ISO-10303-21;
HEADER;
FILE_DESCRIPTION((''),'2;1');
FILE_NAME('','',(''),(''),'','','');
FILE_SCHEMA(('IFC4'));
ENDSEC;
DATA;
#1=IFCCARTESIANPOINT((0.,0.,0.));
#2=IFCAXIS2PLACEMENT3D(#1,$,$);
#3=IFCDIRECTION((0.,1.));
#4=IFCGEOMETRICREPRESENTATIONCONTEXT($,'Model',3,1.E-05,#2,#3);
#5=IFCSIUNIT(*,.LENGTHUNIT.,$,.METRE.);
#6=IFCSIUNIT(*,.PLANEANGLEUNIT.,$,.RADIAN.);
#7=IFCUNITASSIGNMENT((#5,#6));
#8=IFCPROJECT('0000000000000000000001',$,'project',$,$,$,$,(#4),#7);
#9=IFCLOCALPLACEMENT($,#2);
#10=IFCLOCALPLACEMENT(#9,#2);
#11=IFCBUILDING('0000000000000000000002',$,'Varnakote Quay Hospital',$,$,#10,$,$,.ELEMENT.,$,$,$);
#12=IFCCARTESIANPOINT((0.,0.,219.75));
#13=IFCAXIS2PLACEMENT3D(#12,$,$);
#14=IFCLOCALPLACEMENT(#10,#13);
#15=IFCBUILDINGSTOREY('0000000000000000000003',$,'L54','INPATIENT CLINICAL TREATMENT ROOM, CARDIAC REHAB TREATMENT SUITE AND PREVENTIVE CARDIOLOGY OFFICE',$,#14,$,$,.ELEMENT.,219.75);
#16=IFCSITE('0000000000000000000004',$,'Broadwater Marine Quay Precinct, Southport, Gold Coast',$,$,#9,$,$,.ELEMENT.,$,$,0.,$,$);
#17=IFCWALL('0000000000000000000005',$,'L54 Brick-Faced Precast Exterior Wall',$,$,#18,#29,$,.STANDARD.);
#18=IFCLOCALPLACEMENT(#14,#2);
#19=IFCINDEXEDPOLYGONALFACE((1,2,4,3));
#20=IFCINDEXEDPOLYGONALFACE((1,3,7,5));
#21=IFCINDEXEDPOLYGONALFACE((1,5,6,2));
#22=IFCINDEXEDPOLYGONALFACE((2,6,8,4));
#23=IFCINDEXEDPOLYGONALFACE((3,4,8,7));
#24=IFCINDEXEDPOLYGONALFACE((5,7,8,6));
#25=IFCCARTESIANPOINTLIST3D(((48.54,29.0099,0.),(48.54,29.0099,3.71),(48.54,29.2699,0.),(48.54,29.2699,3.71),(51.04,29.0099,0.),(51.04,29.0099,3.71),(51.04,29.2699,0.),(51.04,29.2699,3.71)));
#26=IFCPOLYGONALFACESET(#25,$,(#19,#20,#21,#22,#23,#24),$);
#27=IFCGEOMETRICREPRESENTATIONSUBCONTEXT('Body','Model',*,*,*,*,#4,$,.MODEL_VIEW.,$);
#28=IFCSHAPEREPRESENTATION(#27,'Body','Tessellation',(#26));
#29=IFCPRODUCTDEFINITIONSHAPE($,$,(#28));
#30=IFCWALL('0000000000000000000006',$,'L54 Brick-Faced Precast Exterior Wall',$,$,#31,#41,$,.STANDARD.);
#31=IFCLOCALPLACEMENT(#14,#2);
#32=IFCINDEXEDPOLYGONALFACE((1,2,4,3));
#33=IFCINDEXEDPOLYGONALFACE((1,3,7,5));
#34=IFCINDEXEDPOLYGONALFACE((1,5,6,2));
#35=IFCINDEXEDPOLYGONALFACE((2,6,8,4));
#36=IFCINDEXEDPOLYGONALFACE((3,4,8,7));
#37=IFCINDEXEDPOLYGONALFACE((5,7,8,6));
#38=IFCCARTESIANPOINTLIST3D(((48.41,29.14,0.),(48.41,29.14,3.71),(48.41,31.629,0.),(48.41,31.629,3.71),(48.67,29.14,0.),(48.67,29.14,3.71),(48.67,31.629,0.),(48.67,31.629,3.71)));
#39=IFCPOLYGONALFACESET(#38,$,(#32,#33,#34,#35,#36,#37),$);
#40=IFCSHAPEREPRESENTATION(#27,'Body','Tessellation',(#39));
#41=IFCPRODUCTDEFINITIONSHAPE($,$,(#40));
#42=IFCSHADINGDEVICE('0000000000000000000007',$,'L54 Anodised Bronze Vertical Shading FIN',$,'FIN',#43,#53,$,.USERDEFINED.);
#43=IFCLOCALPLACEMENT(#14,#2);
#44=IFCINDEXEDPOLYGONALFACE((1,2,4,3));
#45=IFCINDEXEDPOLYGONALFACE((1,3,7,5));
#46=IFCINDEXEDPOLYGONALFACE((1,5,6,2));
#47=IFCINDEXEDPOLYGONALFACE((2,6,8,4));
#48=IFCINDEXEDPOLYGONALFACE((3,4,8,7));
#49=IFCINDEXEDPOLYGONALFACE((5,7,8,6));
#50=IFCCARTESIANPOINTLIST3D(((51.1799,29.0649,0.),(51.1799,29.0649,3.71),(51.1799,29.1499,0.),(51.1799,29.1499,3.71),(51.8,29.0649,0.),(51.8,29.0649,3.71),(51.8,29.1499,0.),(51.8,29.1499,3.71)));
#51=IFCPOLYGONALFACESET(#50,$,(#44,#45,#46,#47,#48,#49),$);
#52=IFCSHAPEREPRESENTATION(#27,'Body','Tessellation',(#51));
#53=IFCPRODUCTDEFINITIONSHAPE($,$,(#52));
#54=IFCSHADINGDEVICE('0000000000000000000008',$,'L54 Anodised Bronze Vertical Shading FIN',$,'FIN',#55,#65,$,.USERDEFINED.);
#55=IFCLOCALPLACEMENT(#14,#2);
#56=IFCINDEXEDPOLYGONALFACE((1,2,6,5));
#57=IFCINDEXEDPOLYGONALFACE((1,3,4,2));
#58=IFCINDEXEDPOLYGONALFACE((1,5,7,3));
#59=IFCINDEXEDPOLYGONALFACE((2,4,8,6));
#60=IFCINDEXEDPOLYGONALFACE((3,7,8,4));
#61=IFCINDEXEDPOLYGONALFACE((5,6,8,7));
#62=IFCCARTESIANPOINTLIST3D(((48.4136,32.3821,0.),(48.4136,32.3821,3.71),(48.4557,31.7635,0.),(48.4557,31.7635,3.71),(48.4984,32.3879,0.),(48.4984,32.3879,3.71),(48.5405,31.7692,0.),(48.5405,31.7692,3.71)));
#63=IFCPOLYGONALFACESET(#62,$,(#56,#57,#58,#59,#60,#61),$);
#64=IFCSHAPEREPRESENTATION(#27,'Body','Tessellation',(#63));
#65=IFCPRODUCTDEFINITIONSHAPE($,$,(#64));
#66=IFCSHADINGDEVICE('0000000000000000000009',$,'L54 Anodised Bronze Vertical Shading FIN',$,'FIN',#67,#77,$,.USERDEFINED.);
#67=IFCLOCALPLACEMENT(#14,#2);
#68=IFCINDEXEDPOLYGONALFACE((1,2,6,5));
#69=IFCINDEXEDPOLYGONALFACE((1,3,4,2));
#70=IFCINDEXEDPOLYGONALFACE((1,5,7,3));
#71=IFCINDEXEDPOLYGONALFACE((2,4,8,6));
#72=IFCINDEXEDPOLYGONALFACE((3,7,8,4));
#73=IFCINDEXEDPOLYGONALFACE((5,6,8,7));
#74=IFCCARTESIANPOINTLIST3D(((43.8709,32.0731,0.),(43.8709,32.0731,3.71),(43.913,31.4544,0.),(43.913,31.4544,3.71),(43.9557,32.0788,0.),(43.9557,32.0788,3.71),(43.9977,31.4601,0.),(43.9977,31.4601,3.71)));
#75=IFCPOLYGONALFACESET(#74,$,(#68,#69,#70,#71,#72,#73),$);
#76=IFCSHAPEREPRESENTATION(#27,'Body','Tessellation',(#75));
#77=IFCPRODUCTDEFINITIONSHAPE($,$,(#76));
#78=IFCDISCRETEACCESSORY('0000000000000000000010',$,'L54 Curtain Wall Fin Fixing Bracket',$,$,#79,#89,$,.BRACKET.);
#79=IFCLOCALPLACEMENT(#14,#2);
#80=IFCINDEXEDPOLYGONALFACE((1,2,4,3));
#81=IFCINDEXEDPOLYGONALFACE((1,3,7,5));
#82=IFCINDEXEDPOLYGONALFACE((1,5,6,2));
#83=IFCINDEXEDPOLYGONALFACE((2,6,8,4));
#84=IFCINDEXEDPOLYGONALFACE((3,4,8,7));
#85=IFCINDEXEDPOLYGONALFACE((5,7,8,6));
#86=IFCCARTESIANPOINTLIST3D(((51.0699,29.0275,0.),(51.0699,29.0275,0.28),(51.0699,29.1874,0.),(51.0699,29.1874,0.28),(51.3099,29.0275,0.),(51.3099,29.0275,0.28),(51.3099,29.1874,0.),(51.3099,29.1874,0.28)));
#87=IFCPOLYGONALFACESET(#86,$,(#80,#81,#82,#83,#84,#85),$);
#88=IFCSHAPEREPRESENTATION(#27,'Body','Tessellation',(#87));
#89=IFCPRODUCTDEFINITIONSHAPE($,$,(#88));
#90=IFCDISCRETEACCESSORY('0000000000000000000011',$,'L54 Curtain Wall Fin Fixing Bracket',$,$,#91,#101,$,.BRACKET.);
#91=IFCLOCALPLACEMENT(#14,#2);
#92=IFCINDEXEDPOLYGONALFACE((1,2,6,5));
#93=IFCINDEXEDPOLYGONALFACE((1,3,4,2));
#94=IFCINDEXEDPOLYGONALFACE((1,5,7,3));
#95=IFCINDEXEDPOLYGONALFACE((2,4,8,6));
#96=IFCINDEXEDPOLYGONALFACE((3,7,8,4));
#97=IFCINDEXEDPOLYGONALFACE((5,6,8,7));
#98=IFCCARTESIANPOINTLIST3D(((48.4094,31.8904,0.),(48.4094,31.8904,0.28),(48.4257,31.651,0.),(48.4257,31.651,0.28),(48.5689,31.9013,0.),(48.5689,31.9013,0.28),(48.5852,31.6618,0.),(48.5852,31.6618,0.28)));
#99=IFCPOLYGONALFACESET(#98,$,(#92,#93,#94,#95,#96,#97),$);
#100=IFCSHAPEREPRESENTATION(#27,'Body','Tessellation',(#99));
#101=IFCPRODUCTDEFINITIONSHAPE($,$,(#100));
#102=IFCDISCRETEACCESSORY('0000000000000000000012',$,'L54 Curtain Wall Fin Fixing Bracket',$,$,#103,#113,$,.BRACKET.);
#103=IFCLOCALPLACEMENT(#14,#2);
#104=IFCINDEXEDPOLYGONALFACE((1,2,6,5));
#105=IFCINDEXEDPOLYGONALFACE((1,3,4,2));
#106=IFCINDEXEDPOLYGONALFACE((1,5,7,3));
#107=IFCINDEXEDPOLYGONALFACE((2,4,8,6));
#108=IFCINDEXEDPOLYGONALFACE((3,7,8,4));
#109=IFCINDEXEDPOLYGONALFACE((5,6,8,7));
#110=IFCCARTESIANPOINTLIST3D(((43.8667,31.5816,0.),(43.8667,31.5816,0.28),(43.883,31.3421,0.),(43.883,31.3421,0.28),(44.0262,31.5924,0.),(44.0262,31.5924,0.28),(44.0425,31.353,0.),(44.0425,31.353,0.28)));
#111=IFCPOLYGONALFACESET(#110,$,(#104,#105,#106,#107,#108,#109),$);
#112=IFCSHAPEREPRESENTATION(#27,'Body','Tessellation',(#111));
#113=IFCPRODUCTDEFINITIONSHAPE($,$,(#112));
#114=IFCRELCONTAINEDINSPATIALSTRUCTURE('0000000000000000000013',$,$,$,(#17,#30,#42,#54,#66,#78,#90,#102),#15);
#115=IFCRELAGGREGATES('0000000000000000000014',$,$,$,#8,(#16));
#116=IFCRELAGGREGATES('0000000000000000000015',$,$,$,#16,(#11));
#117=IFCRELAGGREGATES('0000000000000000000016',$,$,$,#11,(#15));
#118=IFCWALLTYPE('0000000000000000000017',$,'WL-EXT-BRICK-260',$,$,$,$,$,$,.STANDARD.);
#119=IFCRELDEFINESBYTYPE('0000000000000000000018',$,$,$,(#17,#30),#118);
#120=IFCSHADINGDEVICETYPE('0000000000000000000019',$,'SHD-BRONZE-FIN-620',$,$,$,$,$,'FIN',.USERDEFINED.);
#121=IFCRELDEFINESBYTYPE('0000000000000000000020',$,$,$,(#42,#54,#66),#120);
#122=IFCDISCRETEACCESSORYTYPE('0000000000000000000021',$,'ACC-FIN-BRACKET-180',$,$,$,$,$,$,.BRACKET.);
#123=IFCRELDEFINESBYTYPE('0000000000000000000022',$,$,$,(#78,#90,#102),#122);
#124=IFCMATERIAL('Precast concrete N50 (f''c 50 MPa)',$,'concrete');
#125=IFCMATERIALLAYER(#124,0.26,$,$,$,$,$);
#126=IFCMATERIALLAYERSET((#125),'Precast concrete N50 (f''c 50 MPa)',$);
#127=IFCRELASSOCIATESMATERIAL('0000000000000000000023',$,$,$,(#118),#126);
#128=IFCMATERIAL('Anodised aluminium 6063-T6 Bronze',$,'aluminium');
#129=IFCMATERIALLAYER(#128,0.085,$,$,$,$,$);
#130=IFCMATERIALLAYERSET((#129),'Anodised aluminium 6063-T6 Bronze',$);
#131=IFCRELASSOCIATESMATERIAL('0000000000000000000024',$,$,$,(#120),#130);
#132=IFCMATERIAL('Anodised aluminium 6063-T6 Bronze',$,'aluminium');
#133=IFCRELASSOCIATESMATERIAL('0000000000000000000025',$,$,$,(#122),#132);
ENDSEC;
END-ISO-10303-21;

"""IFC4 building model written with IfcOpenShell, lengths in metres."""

from ifc_helpers import new_model, si_unit, direction, frame, frame_2d, origin, origin_2d, place, context, subcontext, project, spatial, rectangle, extrude, material, layer, layer_set, type_object, element, save


model = new_model("IFC4")

# Units and contexts
model_context = context("Model", 3, precision=1e-05, world=origin(), true_north=direction((0.0, 1.0)))
body_context = subcontext(model_context, "Body", "Model", "MODEL_VIEW")
ifc_project = project(units=[si_unit("LENGTHUNIT", "METRE"), si_unit("PLANEANGLEUNIT", "RADIAN")], contexts=[model_context])

# Site, building, storey
site_placement = place(None, origin())
site = spatial("IfcSite", under=ifc_project, at=site_placement, Name="Broadwater Marine Quay Precinct, Southport, Gold Coast", CompositionType="ELEMENT", RefElevation=0.0)
building_placement = place(site_placement, origin())
building = spatial("IfcBuilding", under=site, at=building_placement, Name="Varnakote Quay Hospital", CompositionType="ELEMENT")
storey_placement = place(building_placement, frame((0.0, 0.0, 219.75)))
storey = spatial("IfcBuildingStorey", under=building, at=storey_placement, Name="L54", Description="INPATIENT CLINICAL TREATMENT ROOM, CARDIAC REHAB TREATMENT SUITE AND PREVENTIVE CARDIOLOGY OFFICE", CompositionType="ELEMENT", Elevation=219.75)

# Walls
ifc_material_1 = material(Name="Precast concrete N50 (f'c 50 MPa)", Category="concrete")
ifc_layer_1 = layer(ifc_material_1, 0.26)
ifc_layer_set_1 = layer_set([ifc_layer_1], Name="Precast concrete N50 (f'c 50 MPa)")
wall_type = type_object("IfcWallType", Name="WL-EXT-BRICK-260", PredefinedType="STANDARD", material=ifc_layer_set_1)
wall_1_placement = place(storey_placement, frame((51.04, 29.1399, 0.0), z_axis=(0.0, 0.0, 1.0), x_axis=(-1.0, 0.0, 0.0)))
element("IfcWall", 1, at=wall_1_placement, inside=storey, type_object=wall_type, Name="L54 Brick-Faced Precast Exterior Wall", PredefinedType="STANDARD", context=body_context, shape_type="SweptSolid", body=[
    extrude(rectangle(XDim=2.5, YDim=0.26, at=frame_2d((1.25, 0.0))), origin(), (0.0, 0.0, 1.0), 3.71),
])
wall_2_placement = place(storey_placement, frame((48.54, 29.1399, 0.0), z_axis=(0.0, 0.0, 1.0), x_axis=(0.0, 1.0, 0.0)))
element("IfcWall", 2, at=wall_2_placement, inside=storey, type_object=wall_type, Name="L54 Brick-Faced Precast Exterior Wall", PredefinedType="STANDARD", context=body_context, shape_type="SweptSolid", body=[
    extrude(rectangle(XDim=2.489, YDim=0.26, at=frame_2d((1.2446, 0.0))), origin(), (0.0, 0.0, 1.0), 3.71),
])

# Shading devices
ifc_material_2 = material(Name="Anodised aluminium 6063-T6 Bronze", Category="aluminium")
ifc_layer_2 = layer(ifc_material_2, 0.085)
ifc_layer_set_2 = layer_set([ifc_layer_2], Name="Anodised aluminium 6063-T6 Bronze")
shading_device_type = type_object("IfcShadingDeviceType", Name="SHD-BRONZE-FIN-620", ElementType="FIN", PredefinedType="USERDEFINED", material=ifc_layer_set_2)
for number, where, z_axis, x_axis, name in (
    (3, (51.49, 29.1074, 0.0), (0.0, 0.0, 1.0), (-1.0, 0.0, 0.0), "L54 Anodised Bronze Vertical Shading FIN"),
    (4, (48.4771, 32.0757, 0.0), (0.0, 0.0, 1.0), (0.067841, -0.997696, 0.0), "L54 Anodised Bronze Vertical Shading FIN"),
    (5, (43.9343, 31.7666, 0.0), (0.0, 0.0, 1.0), (0.067841, -0.997696, 0.0), "L54 Anodised Bronze Vertical Shading FIN"),
):
    element("IfcShadingDevice", number, at=place(storey_placement, frame(where, z_axis=z_axis, x_axis=x_axis)), inside=storey, type_object=shading_device_type, Name=name, ObjectType="FIN", PredefinedType="USERDEFINED", context=body_context, shape_type="SweptSolid", body=[
        extrude(rectangle(XDim=0.6201, YDim=0.085, at=origin_2d()), origin(), (0.0, 0.0, 1.0), 3.71),
    ])

# Discrete accessories
ifc_material_3 = material(Name="Anodised aluminium 6063-T6 Bronze", Category="aluminium")
discrete_accessory_type = type_object("IfcDiscreteAccessoryType", Name="ACC-FIN-BRACKET-180", PredefinedType="BRACKET", material=ifc_material_3)
for number, where, z_axis, x_axis, name in (
    (6, (51.1899, 29.1074, 0.0), (0.0, 0.0, 1.0), (0.0, 1.0, 0.0), "L54 Curtain Wall Fin Fixing Bracket"),
    (7, (48.4973, 31.7761, 0.0), (0.0, 0.0, 1.0), (-0.997696, -0.067841, 0.0), "L54 Curtain Wall Fin Fixing Bracket"),
    (8, (43.9546, 31.4673, 0.0), (0.0, 0.0, 1.0), (-0.997696, -0.067841, 0.0), "L54 Curtain Wall Fin Fixing Bracket"),
):
    element("IfcDiscreteAccessory", number, at=place(storey_placement, frame(where, z_axis=z_axis, x_axis=x_axis)), inside=storey, type_object=discrete_accessory_type, Name=name, PredefinedType="BRACKET", context=body_context, shape_type="SweptSolid", body=[
        extrude(rectangle(XDim=0.1599, YDim=0.24, at=origin_2d()), origin(), (0.0, 0.0, 1.0), 0.28),
    ])

save(model, "model.ifc")
